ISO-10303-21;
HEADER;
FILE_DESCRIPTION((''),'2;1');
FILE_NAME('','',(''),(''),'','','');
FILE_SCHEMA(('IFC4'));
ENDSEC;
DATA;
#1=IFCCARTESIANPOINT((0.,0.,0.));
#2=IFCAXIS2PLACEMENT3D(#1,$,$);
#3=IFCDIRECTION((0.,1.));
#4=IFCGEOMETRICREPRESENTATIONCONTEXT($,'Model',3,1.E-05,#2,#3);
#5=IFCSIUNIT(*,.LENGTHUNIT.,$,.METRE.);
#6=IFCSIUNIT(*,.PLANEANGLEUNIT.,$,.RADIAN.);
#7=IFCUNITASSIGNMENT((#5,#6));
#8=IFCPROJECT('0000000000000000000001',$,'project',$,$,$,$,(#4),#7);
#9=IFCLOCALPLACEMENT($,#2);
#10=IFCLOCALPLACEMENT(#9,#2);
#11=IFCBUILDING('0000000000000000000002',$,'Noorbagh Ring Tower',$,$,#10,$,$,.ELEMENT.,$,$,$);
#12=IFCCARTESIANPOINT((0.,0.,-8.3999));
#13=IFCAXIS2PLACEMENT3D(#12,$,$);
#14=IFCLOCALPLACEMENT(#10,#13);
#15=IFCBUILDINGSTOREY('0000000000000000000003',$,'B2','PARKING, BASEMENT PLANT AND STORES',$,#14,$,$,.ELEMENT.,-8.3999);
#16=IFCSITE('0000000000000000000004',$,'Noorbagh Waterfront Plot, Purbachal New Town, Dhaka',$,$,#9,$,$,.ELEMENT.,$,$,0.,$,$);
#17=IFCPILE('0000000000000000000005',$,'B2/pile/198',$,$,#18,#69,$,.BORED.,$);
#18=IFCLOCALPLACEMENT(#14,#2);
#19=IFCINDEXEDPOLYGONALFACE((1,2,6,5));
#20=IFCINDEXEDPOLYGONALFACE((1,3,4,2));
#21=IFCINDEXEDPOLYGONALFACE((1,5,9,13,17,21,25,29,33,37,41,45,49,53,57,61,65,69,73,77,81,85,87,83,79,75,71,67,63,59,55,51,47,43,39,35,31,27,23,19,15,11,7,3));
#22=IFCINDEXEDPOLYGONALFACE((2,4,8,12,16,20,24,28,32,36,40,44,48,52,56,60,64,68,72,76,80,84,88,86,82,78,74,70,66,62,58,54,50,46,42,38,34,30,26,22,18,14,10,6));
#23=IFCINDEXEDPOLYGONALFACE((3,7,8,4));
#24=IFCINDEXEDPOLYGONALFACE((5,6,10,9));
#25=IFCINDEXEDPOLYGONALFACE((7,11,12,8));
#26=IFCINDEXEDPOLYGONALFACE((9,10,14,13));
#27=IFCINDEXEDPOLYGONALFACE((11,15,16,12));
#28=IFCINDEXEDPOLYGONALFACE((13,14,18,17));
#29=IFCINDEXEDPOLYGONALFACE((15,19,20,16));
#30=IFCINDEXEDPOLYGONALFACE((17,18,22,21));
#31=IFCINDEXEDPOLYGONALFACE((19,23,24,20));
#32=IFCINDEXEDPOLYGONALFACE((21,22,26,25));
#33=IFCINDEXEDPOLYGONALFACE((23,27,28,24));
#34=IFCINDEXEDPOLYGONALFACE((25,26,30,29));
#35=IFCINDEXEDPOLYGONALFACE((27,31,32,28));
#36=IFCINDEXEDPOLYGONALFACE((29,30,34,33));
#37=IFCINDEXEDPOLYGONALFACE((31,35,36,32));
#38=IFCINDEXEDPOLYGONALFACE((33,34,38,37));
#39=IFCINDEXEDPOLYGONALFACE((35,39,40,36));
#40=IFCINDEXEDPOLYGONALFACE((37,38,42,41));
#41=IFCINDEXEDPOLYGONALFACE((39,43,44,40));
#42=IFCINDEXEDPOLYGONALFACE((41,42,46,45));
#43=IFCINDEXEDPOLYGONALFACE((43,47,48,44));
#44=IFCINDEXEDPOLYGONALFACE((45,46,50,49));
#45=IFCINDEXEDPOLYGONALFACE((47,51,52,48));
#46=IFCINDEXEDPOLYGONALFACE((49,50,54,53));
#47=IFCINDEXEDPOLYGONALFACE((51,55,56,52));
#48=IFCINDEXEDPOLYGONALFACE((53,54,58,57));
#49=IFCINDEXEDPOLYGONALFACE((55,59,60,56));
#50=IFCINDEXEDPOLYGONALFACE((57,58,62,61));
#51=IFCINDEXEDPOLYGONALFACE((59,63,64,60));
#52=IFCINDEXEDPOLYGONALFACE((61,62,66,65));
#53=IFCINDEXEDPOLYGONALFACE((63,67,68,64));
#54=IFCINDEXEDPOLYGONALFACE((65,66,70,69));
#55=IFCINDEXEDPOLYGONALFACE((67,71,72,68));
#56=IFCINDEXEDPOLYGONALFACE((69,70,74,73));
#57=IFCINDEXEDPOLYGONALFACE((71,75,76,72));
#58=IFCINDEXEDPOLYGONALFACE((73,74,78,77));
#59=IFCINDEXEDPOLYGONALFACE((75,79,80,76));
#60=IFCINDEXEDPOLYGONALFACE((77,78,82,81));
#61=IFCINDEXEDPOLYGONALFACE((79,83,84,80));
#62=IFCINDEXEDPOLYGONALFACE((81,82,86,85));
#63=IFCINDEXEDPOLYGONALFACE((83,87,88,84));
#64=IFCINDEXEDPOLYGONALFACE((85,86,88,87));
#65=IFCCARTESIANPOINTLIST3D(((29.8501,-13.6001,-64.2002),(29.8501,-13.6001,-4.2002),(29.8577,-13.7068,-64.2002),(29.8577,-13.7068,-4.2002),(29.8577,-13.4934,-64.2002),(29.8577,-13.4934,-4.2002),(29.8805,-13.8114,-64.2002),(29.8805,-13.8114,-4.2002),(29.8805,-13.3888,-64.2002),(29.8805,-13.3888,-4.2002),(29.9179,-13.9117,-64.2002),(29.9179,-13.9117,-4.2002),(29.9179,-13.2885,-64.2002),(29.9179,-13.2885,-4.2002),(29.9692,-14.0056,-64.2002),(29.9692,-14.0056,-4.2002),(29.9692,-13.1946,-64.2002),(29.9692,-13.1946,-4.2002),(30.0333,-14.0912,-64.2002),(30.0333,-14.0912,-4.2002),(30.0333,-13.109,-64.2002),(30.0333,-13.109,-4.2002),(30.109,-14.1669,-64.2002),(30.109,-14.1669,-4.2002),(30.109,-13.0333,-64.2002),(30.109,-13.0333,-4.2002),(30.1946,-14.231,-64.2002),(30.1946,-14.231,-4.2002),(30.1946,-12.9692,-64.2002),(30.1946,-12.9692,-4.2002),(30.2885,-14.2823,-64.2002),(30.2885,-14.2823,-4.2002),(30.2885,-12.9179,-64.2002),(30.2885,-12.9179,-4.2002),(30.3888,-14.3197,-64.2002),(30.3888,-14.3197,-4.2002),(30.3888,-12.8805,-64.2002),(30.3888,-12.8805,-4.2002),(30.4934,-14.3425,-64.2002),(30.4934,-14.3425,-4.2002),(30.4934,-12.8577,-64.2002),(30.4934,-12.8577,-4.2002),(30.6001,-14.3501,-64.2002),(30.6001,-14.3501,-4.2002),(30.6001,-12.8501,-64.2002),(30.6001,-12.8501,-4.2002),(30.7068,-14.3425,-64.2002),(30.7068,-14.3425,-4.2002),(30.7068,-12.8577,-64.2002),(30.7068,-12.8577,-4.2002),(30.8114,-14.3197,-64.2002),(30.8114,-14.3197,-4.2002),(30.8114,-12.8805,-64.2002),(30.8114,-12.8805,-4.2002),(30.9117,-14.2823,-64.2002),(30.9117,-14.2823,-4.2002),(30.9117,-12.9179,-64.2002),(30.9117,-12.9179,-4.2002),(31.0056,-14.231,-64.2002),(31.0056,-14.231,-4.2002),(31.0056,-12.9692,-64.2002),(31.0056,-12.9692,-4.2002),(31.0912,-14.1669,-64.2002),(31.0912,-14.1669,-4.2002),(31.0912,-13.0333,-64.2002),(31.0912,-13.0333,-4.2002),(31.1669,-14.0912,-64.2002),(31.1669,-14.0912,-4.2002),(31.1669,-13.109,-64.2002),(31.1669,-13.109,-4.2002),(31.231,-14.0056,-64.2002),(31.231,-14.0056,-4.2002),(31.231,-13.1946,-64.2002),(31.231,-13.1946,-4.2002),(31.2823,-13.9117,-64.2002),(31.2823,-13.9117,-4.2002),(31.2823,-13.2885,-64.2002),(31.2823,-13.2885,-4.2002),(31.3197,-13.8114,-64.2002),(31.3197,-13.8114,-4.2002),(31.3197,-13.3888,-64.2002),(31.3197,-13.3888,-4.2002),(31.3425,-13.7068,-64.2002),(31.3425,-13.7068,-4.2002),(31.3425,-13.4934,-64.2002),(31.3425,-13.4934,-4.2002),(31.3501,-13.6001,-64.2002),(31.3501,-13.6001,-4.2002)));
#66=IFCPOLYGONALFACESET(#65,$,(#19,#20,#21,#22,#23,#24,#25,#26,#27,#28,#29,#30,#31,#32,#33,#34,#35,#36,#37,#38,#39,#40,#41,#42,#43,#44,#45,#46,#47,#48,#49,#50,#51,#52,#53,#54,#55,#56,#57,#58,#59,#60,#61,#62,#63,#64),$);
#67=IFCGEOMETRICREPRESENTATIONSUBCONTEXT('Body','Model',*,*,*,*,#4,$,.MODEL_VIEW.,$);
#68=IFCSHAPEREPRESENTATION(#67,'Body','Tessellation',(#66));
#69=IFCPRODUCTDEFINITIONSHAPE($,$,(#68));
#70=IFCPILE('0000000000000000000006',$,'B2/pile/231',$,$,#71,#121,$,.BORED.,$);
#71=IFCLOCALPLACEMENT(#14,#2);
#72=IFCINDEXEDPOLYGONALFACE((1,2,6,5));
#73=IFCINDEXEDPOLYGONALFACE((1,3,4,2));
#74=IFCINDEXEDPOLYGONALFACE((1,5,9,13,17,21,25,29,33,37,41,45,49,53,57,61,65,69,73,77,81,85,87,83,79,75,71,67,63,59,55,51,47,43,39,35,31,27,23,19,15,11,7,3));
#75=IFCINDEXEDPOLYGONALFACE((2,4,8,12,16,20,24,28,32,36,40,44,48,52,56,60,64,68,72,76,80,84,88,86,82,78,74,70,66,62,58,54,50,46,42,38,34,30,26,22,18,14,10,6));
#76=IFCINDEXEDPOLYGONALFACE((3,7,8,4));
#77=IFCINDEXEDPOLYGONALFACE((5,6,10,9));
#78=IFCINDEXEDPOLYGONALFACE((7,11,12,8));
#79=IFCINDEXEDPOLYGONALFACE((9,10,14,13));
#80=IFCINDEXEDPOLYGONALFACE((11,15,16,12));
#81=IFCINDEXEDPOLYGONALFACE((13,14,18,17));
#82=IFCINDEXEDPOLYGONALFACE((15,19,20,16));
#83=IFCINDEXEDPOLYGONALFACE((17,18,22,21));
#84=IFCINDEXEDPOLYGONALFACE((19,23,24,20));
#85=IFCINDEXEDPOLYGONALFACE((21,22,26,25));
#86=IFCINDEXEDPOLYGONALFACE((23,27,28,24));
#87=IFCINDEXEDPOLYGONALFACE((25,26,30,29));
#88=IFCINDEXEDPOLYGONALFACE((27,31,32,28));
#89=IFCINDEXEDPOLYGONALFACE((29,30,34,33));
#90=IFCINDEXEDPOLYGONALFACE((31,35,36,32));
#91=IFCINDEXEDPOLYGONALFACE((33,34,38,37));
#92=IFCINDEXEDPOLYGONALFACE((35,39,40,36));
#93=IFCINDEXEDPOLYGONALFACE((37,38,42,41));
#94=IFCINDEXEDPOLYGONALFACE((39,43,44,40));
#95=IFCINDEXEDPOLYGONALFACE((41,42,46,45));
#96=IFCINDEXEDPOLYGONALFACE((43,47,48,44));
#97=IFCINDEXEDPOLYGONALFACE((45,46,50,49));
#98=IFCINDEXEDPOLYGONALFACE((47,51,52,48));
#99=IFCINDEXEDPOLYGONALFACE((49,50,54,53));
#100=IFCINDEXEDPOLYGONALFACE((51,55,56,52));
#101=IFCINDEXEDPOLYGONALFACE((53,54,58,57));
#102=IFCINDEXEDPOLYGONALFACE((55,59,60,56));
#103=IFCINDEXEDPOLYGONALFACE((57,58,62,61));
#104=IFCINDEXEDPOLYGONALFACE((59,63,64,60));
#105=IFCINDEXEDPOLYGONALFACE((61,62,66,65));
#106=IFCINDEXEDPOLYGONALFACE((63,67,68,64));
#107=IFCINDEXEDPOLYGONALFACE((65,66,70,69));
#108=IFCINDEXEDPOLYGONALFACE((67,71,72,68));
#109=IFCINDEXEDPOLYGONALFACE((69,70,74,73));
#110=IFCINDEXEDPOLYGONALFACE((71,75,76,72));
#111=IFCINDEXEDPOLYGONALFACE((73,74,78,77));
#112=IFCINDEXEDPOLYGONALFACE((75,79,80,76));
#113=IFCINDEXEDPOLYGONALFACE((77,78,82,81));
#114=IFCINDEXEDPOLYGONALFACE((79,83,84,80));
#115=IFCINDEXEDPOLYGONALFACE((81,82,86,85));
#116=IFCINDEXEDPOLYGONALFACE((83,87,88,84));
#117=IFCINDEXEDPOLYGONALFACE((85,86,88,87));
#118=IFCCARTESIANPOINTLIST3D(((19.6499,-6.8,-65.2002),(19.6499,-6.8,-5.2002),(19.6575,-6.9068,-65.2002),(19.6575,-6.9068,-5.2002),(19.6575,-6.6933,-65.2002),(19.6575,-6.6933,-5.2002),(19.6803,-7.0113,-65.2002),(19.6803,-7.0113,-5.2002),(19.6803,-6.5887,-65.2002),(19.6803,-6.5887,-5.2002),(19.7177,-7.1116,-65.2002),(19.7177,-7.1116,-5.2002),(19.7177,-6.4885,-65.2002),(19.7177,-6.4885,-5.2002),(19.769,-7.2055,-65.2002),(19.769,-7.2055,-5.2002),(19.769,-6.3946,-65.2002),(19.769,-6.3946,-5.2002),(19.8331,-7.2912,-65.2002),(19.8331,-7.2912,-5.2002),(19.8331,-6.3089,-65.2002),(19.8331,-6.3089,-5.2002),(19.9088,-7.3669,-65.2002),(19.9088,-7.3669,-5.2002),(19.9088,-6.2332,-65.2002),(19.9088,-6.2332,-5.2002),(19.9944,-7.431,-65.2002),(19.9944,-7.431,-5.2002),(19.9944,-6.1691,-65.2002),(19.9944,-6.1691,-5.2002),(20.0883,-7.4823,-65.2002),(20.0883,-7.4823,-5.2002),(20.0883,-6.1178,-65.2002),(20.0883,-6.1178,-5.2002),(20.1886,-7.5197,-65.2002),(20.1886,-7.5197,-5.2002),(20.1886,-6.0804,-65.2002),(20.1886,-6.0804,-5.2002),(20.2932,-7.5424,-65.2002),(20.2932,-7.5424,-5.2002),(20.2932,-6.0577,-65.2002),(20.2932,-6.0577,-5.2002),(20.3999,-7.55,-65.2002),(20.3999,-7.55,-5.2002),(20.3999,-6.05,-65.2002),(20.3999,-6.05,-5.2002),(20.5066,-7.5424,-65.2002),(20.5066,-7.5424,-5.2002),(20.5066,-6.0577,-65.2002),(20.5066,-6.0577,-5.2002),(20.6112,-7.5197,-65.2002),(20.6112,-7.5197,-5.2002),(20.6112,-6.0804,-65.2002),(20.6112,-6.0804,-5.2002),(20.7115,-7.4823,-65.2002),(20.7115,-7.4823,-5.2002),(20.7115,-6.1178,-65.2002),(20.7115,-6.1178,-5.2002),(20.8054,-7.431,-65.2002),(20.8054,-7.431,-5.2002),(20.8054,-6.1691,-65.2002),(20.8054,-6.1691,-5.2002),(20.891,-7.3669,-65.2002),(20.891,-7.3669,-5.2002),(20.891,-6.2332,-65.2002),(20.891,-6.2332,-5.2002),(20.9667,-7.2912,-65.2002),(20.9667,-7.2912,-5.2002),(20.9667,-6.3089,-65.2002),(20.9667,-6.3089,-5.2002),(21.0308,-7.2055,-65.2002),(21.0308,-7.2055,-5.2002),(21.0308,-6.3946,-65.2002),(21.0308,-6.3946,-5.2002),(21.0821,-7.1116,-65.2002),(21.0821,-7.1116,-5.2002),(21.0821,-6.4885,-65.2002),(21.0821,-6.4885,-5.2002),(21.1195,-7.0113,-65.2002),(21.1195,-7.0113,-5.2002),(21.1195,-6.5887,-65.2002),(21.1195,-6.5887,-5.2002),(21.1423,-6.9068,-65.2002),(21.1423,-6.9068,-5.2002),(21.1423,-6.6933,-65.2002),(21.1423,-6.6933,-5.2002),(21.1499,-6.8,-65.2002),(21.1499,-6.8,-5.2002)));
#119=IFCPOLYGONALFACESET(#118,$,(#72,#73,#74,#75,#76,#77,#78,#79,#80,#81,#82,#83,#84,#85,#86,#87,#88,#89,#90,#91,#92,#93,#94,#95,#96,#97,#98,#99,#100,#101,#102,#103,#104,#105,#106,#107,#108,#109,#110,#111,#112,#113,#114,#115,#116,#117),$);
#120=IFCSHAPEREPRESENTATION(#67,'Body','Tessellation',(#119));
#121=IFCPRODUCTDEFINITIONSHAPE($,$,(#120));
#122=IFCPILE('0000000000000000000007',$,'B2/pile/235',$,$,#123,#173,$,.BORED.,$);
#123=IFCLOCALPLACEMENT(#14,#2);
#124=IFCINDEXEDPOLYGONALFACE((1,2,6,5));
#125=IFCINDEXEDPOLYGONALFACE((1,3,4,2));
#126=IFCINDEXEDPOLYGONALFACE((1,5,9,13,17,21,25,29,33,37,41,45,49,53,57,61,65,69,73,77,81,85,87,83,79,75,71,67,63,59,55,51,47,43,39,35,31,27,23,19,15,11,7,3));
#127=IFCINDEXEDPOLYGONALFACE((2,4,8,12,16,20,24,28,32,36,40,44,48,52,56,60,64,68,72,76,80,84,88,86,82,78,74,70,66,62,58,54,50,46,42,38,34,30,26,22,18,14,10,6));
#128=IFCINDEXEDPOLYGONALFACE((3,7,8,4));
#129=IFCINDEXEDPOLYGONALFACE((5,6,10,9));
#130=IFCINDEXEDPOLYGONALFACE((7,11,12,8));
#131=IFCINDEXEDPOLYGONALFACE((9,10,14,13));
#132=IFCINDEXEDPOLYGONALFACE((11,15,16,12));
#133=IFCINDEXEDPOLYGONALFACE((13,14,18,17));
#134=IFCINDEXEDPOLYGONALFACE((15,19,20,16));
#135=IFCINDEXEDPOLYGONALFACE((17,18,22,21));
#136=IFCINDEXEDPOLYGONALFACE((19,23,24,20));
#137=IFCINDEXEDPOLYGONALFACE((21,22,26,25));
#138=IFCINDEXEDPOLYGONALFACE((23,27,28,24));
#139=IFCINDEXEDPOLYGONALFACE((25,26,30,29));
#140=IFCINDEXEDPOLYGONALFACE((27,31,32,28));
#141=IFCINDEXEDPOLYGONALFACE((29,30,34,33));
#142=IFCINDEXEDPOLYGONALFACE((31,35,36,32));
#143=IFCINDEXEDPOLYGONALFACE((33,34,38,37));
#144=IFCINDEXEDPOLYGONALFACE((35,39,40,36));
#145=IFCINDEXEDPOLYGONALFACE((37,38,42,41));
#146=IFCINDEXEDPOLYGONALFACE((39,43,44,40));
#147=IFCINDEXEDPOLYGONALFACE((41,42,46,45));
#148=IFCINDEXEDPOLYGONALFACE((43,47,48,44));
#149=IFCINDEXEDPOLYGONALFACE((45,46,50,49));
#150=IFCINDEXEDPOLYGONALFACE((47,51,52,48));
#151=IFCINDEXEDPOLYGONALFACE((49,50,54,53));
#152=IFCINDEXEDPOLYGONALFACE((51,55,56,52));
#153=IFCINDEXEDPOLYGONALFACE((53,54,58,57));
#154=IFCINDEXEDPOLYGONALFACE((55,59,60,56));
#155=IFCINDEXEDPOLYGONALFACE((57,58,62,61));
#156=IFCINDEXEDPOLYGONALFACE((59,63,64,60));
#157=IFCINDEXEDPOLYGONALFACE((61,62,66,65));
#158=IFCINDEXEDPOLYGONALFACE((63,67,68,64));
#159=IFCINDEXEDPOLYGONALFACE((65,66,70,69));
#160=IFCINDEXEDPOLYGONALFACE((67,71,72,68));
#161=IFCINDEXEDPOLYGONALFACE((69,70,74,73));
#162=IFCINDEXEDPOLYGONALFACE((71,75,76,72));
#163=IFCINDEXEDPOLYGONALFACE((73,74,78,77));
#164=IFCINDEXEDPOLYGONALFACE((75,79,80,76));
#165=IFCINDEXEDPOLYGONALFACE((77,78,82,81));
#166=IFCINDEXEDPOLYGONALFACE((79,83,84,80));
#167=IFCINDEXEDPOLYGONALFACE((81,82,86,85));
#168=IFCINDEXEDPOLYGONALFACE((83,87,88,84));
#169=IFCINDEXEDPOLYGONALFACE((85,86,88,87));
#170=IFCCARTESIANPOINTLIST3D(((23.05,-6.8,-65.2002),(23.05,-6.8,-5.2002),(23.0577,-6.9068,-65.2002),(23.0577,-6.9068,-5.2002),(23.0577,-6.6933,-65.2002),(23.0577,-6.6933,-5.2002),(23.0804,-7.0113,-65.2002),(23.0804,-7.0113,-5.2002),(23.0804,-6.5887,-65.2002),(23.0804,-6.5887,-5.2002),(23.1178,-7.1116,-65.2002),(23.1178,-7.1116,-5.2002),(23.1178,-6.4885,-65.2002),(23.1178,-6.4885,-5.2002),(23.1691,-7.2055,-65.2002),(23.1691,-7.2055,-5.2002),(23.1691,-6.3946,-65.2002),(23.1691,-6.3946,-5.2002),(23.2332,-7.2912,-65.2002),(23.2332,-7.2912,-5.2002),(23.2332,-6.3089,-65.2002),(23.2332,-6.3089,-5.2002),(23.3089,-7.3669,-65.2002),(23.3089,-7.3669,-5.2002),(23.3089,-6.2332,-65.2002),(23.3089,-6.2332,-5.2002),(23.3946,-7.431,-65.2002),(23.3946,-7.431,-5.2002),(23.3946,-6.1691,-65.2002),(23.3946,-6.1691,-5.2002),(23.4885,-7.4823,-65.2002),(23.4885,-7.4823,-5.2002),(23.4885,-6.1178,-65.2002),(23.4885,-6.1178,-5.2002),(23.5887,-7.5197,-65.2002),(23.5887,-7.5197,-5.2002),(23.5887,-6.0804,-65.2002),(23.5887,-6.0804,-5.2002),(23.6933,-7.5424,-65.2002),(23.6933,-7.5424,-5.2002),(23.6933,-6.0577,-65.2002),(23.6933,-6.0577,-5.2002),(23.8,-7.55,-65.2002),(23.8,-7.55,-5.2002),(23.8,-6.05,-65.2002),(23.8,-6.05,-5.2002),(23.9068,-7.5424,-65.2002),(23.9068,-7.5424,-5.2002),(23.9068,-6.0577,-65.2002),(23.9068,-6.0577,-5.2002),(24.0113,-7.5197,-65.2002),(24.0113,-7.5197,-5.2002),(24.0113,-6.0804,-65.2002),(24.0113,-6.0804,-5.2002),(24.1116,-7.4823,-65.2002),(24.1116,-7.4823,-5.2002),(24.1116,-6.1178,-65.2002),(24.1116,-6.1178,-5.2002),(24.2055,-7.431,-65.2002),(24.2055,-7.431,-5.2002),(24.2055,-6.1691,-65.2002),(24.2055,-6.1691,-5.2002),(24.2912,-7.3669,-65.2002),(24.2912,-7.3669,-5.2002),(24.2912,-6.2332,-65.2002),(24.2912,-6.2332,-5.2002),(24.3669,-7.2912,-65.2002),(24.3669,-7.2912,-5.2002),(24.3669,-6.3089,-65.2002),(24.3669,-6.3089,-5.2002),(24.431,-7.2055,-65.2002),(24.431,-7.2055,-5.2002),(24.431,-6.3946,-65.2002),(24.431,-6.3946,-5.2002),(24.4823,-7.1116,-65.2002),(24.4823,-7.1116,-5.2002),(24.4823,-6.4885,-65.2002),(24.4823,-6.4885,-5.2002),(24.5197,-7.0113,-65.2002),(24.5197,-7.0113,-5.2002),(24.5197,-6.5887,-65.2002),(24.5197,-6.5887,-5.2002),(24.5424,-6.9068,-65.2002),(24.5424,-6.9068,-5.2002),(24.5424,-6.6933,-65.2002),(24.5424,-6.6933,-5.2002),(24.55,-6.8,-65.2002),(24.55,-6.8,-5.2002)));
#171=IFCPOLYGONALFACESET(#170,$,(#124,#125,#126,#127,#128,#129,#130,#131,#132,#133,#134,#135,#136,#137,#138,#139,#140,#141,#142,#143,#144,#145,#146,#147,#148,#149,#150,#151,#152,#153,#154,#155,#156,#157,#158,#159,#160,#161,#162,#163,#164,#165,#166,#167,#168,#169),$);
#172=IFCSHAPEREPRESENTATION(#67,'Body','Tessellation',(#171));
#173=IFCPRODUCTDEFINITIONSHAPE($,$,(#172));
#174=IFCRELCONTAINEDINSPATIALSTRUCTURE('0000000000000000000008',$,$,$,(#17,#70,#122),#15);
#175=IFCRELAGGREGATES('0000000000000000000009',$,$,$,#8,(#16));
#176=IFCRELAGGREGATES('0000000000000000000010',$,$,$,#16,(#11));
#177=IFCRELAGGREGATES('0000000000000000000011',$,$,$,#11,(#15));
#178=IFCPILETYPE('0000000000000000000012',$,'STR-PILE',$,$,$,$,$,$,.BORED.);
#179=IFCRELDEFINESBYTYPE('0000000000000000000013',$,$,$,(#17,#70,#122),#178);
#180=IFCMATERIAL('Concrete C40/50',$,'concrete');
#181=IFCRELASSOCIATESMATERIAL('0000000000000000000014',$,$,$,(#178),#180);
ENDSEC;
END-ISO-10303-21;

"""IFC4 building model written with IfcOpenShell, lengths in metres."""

from ifc_helpers import new_model, si_unit, direction, frame, origin, origin_2d, place, context, subcontext, project, spatial, circle, extrude, material, material_profile, profile_set, type_object, element, save


model = new_model("IFC4")

# Units and contexts
model_context = context("Model", 3, precision=1e-05, world=origin(), true_north=direction((0.0, 1.0)))
body_context = subcontext(model_context, "Body", "Model", "MODEL_VIEW")
ifc_project = project(units=[si_unit("LENGTHUNIT", "METRE"), si_unit("PLANEANGLEUNIT", "RADIAN")], contexts=[model_context])

# Site, building, storey
site_placement = place(None, origin())
site = spatial("IfcSite", under=ifc_project, at=site_placement, Name="Noorbagh Waterfront Plot, Purbachal New Town, Dhaka", CompositionType="ELEMENT", RefElevation=0.0)
building_placement = place(site_placement, origin())
building = spatial("IfcBuilding", under=site, at=building_placement, Name="Noorbagh Ring Tower", CompositionType="ELEMENT")
storey_placement = place(building_placement, frame((0.0, 0.0, -8.3999)))
storey = spatial("IfcBuildingStorey", under=building, at=storey_placement, Name="B2", Description="PARKING, BASEMENT PLANT AND STORES", CompositionType="ELEMENT", Elevation=-8.3999)

# Piles
ifc_material_1 = material(Name="Concrete C40/50", Category="concrete")
ifc_material_profile_1 = material_profile(ifc_material_1, circle(Radius=0.75, at=origin_2d()), Name="PILE1500")
ifc_profile_set_1 = profile_set([ifc_material_profile_1], Name="Concrete C40/50")
pile_type = type_object("IfcPileType", Name="STR-PILE", PredefinedType="BORED", material=ifc_profile_set_1)
for number, where, z_axis, x_axis, name in (
    (1, (30.6001, -13.6001, -4.2002), (0.0, 0.0, -1.0), (1.0, 0.0, 0.0), "B2/pile/198"),
    (2, (20.3999, -6.8, -5.2002), (0.0, 0.0, -1.0), (1.0, 0.0, 0.0), "B2/pile/231"),
    (3, (23.8, -6.8, -5.2002), (0.0, 0.0, -1.0), (1.0, 0.0, 0.0), "B2/pile/235"),
):
    element("IfcPile", number, at=place(storey_placement, frame(where, z_axis=z_axis, x_axis=x_axis)), inside=storey, type_object=pile_type, Name=name, PredefinedType="BORED", context=body_context, shape_type="SweptSolid", body=[
        extrude(circle(Radius=0.75, at=origin_2d()), origin(), (0.0, 0.0, 1.0), 60.0),
    ])

save(model, "model.ifc")
